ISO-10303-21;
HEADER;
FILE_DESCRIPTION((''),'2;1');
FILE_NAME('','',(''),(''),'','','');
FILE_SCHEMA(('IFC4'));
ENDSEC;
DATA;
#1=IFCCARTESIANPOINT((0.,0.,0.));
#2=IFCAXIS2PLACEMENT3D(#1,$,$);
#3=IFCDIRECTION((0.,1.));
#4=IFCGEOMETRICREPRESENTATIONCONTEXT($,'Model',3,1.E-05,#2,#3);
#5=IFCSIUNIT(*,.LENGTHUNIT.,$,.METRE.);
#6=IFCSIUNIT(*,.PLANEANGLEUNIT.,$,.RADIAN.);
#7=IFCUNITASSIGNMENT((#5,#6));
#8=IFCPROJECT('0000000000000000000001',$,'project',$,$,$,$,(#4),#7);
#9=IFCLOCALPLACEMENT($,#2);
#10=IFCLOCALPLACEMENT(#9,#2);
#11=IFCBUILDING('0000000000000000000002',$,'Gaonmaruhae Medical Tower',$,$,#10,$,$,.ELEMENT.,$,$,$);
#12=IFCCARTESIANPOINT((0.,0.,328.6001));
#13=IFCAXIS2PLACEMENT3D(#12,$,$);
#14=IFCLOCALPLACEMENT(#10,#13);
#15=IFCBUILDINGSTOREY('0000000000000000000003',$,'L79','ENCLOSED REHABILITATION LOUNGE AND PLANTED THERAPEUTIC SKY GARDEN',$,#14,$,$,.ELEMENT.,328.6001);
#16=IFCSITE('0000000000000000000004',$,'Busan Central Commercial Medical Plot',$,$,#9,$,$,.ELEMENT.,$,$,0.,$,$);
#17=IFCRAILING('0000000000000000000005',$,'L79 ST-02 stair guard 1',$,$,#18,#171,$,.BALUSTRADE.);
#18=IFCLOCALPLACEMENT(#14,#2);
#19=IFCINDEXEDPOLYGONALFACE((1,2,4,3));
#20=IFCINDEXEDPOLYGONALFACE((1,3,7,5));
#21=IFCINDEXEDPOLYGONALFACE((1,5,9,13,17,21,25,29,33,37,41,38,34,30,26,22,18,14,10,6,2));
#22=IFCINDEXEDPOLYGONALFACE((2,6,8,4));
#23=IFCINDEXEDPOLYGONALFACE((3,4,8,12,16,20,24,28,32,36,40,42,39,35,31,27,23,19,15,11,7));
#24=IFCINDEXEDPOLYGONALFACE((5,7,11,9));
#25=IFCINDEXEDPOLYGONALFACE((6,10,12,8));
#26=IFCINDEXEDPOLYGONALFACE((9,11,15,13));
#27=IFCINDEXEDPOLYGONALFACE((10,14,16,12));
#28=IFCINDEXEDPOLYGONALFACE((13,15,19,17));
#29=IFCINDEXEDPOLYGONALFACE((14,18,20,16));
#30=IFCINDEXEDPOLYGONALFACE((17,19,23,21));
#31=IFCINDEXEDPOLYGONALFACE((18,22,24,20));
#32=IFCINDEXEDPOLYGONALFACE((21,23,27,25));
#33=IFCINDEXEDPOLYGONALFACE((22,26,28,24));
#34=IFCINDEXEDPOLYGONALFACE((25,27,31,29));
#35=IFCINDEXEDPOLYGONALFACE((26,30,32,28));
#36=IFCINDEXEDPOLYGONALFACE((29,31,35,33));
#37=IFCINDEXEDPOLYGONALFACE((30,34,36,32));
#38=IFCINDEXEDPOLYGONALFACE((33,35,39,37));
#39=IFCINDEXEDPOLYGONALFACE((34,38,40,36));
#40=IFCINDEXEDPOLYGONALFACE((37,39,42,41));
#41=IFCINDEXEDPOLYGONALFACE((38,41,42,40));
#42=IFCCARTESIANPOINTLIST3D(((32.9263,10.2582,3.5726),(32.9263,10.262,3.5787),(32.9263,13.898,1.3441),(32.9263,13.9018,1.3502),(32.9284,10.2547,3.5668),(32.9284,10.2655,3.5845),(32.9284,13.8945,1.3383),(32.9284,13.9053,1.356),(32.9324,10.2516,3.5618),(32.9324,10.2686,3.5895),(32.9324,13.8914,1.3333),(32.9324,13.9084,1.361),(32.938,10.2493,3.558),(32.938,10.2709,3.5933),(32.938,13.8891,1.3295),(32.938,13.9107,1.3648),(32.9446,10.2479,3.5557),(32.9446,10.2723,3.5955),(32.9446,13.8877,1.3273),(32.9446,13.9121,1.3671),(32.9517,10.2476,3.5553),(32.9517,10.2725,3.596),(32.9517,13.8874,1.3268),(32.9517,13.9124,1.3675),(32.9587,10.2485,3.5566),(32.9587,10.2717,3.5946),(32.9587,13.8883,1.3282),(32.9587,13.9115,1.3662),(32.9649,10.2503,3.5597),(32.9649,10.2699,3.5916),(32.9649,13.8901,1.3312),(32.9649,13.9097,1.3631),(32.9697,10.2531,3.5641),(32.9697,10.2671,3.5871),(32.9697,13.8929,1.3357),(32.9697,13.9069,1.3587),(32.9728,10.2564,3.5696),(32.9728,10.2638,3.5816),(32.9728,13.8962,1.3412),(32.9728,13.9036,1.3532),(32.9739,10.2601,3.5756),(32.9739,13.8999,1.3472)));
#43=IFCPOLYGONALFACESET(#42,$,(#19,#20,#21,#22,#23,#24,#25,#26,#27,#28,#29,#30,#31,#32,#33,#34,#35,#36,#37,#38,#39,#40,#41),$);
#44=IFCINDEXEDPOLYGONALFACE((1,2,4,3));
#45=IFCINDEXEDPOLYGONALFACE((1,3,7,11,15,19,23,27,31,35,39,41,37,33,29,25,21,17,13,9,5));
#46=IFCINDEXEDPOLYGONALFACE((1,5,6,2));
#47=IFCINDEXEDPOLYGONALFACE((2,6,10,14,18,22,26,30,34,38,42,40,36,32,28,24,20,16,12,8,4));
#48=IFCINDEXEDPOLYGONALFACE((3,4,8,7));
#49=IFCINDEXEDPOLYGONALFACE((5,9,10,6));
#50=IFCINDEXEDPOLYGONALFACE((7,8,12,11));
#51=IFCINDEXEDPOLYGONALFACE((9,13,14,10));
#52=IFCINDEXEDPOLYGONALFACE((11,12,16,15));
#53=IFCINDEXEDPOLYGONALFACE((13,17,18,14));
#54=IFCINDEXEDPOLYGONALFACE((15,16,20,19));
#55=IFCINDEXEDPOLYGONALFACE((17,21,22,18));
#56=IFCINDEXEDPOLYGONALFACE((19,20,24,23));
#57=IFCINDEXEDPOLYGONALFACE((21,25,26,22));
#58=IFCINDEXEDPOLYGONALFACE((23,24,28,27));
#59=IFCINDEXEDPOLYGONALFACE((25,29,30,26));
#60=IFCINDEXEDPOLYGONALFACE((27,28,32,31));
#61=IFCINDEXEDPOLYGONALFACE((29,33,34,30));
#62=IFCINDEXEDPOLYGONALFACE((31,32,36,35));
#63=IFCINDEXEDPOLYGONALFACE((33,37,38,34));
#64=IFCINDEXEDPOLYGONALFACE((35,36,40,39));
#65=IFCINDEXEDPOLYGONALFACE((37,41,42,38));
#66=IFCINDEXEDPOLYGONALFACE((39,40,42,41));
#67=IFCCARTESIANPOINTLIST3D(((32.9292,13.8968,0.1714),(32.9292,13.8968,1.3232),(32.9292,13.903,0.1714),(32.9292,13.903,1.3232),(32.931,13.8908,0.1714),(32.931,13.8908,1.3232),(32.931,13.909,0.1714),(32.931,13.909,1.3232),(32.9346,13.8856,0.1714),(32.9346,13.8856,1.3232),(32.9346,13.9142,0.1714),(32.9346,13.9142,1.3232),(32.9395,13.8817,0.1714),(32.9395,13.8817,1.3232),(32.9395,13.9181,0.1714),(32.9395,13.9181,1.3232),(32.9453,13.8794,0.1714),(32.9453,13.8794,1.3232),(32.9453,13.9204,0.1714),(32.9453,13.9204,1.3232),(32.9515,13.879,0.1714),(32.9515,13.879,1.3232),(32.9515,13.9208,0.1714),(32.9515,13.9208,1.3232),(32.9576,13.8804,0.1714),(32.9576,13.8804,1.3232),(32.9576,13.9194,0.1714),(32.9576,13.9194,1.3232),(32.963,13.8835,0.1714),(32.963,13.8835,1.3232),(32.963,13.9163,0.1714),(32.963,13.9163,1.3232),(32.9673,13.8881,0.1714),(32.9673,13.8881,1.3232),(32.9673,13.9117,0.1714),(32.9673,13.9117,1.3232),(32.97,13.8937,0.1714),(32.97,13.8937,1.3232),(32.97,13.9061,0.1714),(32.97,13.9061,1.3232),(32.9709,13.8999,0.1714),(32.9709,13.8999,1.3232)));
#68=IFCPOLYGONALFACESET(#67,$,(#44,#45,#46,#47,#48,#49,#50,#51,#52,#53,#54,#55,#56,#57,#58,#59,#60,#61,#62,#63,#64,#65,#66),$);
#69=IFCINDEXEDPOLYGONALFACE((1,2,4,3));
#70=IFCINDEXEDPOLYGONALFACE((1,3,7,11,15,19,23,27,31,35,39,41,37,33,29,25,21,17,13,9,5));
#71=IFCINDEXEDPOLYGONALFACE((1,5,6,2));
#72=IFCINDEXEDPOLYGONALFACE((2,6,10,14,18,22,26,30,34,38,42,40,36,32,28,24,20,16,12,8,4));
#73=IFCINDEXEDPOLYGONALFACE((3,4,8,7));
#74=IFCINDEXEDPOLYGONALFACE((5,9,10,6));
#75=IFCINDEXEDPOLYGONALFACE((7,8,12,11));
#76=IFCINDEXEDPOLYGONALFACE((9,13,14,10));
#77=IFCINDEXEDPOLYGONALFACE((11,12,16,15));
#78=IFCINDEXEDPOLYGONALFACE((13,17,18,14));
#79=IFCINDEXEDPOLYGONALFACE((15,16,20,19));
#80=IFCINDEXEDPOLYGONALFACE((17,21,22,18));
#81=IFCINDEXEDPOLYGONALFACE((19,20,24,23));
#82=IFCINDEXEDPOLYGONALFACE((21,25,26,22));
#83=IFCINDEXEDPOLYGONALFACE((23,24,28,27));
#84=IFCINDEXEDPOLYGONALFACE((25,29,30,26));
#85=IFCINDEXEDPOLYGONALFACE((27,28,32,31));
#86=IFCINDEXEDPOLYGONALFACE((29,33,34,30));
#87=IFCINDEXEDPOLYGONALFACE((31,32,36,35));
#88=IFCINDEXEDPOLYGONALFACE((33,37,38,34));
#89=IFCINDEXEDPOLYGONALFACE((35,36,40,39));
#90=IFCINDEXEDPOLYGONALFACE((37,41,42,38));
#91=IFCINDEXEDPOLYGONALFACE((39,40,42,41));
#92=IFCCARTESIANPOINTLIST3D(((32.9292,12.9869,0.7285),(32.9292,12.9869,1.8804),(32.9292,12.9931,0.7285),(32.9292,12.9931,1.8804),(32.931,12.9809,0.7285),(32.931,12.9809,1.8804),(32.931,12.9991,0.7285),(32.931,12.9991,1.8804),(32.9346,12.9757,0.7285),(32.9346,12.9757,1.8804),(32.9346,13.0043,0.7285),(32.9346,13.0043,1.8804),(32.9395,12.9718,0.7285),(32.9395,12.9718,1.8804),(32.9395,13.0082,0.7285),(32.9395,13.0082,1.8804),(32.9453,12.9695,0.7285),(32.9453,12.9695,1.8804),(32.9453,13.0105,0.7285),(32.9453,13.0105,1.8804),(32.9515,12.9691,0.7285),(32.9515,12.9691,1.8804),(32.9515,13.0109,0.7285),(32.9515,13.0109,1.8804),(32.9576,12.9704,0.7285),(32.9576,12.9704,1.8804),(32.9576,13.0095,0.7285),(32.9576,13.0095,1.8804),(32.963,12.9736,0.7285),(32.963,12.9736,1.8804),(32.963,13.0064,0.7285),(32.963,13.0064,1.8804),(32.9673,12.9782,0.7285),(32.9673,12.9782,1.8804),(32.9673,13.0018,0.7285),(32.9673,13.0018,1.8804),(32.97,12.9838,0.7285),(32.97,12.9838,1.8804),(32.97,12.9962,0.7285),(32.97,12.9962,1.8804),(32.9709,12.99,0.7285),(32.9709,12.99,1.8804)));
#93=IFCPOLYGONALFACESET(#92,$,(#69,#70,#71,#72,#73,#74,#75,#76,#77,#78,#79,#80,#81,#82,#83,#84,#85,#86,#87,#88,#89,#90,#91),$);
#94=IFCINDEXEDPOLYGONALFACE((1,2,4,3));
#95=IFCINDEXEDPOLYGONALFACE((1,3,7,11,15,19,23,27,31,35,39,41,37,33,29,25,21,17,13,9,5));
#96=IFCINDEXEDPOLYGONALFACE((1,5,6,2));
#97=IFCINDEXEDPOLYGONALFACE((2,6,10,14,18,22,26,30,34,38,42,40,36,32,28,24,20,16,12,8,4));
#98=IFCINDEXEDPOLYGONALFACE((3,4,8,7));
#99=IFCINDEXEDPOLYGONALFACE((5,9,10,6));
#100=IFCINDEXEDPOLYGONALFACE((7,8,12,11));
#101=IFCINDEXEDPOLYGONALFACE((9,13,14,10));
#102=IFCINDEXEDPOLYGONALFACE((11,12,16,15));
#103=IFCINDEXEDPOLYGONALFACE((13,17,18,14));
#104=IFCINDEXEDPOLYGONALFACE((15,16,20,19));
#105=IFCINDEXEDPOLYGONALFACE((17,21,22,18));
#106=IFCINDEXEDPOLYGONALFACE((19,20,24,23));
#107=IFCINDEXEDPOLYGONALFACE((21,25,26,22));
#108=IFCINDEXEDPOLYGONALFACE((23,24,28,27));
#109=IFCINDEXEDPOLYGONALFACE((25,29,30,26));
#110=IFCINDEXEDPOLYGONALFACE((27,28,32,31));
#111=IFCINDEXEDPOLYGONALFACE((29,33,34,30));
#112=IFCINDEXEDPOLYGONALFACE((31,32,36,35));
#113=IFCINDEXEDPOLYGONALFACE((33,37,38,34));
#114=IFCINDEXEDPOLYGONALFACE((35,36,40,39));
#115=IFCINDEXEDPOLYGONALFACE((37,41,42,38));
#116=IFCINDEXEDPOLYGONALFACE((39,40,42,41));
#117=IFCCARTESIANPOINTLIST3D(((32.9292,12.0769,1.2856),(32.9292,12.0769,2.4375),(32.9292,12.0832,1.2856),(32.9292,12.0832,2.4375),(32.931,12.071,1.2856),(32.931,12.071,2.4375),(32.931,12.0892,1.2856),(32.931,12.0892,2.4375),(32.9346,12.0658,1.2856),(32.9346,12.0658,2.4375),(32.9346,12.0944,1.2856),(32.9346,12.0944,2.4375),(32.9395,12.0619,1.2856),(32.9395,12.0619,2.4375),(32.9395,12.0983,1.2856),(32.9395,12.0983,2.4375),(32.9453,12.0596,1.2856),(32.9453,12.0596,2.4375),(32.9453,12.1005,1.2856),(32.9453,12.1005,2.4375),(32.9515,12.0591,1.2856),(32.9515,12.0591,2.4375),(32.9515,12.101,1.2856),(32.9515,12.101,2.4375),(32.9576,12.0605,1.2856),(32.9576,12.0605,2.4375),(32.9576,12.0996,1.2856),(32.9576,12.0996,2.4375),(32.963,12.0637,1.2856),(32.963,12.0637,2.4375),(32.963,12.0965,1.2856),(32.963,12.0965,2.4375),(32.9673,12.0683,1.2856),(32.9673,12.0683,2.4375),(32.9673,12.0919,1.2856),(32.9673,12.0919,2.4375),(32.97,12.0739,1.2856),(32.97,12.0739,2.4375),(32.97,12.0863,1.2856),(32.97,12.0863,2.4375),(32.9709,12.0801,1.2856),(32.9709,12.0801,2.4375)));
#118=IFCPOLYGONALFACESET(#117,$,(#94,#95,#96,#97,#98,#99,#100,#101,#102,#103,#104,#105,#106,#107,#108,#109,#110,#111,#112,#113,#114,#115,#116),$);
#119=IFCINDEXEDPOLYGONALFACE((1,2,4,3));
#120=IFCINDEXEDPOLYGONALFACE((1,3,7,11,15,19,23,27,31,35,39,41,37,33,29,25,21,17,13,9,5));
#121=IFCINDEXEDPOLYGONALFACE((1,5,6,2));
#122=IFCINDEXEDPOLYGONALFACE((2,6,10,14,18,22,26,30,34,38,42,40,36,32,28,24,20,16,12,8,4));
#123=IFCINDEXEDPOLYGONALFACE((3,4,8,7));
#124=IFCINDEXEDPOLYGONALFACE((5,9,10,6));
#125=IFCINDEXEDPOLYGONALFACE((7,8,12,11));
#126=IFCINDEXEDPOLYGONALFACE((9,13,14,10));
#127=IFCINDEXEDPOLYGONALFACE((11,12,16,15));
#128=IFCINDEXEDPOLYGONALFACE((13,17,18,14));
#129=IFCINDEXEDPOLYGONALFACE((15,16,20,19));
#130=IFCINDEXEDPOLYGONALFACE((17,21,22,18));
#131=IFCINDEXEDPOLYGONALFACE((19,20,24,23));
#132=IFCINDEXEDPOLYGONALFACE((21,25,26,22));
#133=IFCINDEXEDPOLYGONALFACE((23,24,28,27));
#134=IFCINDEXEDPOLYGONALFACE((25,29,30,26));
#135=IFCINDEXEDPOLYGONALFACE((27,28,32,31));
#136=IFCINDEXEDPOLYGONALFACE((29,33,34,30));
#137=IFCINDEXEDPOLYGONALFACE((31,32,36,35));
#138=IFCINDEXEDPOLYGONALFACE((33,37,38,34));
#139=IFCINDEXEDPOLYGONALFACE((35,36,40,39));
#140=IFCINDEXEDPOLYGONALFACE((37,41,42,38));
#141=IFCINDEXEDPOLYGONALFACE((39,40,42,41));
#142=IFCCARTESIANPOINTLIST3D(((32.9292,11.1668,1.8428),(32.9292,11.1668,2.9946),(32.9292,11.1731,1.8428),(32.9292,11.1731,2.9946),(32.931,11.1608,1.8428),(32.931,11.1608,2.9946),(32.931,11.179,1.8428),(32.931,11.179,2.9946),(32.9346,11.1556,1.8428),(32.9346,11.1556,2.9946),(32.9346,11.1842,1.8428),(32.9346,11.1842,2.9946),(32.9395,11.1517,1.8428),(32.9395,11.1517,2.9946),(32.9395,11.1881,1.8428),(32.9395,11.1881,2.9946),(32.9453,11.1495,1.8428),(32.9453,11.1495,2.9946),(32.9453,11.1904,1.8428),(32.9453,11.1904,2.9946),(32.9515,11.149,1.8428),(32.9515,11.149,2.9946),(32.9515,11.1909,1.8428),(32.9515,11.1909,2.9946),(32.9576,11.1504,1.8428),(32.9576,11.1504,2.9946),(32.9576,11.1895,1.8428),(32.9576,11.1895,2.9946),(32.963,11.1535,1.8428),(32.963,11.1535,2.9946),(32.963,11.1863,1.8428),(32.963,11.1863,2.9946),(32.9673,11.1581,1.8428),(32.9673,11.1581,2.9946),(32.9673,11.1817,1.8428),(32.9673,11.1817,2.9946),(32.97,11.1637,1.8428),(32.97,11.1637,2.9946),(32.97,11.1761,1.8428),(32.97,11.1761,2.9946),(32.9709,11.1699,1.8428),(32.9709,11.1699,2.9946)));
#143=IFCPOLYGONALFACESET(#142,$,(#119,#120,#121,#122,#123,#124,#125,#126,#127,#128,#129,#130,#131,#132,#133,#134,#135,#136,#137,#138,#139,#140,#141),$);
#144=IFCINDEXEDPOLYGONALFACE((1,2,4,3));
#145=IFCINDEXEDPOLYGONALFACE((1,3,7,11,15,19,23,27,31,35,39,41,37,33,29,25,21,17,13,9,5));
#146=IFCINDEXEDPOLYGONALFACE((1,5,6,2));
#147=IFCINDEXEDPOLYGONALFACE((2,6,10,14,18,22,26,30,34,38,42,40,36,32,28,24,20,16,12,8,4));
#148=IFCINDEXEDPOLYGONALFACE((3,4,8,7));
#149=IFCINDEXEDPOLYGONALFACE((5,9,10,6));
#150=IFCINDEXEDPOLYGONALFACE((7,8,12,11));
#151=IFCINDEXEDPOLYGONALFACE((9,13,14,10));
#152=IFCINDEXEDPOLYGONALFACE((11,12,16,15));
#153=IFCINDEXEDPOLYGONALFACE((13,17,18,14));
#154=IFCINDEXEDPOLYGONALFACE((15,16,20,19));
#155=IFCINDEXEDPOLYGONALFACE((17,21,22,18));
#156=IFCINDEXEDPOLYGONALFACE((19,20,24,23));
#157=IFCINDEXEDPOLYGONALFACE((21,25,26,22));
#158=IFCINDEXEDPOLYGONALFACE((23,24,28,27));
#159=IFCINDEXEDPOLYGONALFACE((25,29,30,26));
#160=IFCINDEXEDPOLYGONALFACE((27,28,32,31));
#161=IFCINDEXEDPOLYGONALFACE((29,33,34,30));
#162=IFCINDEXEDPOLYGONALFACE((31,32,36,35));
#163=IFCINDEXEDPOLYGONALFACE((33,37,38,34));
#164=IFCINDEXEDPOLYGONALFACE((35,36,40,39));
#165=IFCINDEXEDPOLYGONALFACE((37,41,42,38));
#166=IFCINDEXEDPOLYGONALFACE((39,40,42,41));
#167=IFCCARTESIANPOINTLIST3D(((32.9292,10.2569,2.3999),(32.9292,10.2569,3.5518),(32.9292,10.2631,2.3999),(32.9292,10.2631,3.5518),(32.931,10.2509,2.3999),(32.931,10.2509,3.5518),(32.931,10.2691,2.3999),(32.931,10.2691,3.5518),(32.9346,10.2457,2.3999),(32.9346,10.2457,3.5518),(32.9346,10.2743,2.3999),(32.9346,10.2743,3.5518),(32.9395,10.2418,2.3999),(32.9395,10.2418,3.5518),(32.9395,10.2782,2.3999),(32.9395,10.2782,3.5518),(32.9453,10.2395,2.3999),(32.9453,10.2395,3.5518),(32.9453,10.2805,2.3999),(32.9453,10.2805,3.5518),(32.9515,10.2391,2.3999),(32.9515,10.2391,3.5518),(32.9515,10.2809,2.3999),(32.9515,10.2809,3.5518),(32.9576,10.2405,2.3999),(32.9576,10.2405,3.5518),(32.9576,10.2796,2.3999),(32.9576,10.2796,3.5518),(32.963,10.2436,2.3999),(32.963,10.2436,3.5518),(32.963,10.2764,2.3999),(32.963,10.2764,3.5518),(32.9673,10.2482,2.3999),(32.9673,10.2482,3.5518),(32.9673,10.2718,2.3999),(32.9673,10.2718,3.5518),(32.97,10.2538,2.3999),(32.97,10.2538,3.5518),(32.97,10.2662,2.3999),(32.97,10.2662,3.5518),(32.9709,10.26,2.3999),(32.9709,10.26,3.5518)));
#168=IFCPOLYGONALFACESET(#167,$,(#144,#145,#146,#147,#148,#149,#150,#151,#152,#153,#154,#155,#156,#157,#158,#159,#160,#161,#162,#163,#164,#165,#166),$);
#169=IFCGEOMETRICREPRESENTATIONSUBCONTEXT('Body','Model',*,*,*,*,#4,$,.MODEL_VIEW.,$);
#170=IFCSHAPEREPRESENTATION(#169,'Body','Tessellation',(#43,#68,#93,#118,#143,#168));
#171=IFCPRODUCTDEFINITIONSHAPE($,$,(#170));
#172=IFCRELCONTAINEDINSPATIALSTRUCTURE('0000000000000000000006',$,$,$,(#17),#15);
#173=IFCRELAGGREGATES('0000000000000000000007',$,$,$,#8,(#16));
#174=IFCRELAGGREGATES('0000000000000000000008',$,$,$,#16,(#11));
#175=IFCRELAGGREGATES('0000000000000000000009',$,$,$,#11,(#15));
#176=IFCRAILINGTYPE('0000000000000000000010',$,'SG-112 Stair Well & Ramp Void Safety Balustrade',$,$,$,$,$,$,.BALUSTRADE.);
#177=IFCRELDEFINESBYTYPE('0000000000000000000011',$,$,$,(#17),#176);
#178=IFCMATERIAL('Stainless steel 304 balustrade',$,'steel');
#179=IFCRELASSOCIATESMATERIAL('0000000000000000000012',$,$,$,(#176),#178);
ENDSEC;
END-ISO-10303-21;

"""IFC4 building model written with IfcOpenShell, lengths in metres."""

from ifc_helpers import new_model, si_unit, direction, frame, origin, origin_2d, place, context, subcontext, project, spatial, circle, extrude, material, type_object, element, save


model = new_model("IFC4")

# Units and contexts
model_context = context("Model", 3, precision=1e-05, world=origin(), true_north=direction((0.0, 1.0)))
body_context = subcontext(model_context, "Body", "Model", "MODEL_VIEW")
ifc_project = project(units=[si_unit("LENGTHUNIT", "METRE"), si_unit("PLANEANGLEUNIT", "RADIAN")], contexts=[model_context])

# Site, building, storey
site_placement = place(None, origin())
site = spatial("IfcSite", under=ifc_project, at=site_placement, Name="Busan Central Commercial Medical Plot", CompositionType="ELEMENT", RefElevation=0.0)
building_placement = place(site_placement, origin())
building = spatial("IfcBuilding", under=site, at=building_placement, Name="Gaonmaruhae Medical Tower", CompositionType="ELEMENT")
storey_placement = place(building_placement, frame((0.0, 0.0, 328.6001)))
storey = spatial("IfcBuildingStorey", under=building, at=storey_placement, Name="L79", Description="ENCLOSED REHABILITATION LOUNGE AND PLANTED THERAPEUTIC SKY GARDEN", CompositionType="ELEMENT", Elevation=328.6001)

# Railing
ifc_material_1 = material(Name="Stainless steel 304 balustrade", Category="steel")
railing_type_1 = type_object("IfcRailingType", Name="SG-112 Stair Well & Ramp Void Safety Balustrade", PredefinedType="BALUSTRADE", material=ifc_material_1)
railing_1_placement = place(storey_placement, frame((32.95, 13.8999, 0.1714)))
element("IfcRailing", 1, at=railing_1_placement, inside=storey, type_object=railing_type_1, Name="L79 ST-02 stair guard 1", PredefinedType="BALUSTRADE", context=body_context, shape_type="SweptSolid", body=[
    extrude(circle(Radius=0.0239, at=origin_2d()), frame((0.0, 0.0, 1.1758), z_axis=(0.0, -0.85285, 0.522156), x_axis=(1.0, 0.0, 0.0)), (0.0, 0.0, 1.0), 4.2678),
    extrude(circle(Radius=0.021, at=origin_2d()), origin(), (0.0, 0.0, 1.0), 1.1519),
    extrude(circle(Radius=0.021, at=origin_2d()), frame((0.0, -0.9099, 0.5571)), (0.0, 0.0, 1.0), 1.1519),
    extrude(circle(Radius=0.021, at=origin_2d()), frame((0.0, -1.8198, 1.1143)), (0.0, 0.0, 1.0), 1.1519),
    extrude(circle(Radius=0.021, at=origin_2d()), frame((0.0, -2.73, 1.6714)), (0.0, 0.0, 1.0), 1.1519),
    extrude(circle(Radius=0.021, at=origin_2d()), frame((0.0, -3.6399, 2.2285)), (0.0, 0.0, 1.0), 1.1519),
])

save(model, "model.ifc")
